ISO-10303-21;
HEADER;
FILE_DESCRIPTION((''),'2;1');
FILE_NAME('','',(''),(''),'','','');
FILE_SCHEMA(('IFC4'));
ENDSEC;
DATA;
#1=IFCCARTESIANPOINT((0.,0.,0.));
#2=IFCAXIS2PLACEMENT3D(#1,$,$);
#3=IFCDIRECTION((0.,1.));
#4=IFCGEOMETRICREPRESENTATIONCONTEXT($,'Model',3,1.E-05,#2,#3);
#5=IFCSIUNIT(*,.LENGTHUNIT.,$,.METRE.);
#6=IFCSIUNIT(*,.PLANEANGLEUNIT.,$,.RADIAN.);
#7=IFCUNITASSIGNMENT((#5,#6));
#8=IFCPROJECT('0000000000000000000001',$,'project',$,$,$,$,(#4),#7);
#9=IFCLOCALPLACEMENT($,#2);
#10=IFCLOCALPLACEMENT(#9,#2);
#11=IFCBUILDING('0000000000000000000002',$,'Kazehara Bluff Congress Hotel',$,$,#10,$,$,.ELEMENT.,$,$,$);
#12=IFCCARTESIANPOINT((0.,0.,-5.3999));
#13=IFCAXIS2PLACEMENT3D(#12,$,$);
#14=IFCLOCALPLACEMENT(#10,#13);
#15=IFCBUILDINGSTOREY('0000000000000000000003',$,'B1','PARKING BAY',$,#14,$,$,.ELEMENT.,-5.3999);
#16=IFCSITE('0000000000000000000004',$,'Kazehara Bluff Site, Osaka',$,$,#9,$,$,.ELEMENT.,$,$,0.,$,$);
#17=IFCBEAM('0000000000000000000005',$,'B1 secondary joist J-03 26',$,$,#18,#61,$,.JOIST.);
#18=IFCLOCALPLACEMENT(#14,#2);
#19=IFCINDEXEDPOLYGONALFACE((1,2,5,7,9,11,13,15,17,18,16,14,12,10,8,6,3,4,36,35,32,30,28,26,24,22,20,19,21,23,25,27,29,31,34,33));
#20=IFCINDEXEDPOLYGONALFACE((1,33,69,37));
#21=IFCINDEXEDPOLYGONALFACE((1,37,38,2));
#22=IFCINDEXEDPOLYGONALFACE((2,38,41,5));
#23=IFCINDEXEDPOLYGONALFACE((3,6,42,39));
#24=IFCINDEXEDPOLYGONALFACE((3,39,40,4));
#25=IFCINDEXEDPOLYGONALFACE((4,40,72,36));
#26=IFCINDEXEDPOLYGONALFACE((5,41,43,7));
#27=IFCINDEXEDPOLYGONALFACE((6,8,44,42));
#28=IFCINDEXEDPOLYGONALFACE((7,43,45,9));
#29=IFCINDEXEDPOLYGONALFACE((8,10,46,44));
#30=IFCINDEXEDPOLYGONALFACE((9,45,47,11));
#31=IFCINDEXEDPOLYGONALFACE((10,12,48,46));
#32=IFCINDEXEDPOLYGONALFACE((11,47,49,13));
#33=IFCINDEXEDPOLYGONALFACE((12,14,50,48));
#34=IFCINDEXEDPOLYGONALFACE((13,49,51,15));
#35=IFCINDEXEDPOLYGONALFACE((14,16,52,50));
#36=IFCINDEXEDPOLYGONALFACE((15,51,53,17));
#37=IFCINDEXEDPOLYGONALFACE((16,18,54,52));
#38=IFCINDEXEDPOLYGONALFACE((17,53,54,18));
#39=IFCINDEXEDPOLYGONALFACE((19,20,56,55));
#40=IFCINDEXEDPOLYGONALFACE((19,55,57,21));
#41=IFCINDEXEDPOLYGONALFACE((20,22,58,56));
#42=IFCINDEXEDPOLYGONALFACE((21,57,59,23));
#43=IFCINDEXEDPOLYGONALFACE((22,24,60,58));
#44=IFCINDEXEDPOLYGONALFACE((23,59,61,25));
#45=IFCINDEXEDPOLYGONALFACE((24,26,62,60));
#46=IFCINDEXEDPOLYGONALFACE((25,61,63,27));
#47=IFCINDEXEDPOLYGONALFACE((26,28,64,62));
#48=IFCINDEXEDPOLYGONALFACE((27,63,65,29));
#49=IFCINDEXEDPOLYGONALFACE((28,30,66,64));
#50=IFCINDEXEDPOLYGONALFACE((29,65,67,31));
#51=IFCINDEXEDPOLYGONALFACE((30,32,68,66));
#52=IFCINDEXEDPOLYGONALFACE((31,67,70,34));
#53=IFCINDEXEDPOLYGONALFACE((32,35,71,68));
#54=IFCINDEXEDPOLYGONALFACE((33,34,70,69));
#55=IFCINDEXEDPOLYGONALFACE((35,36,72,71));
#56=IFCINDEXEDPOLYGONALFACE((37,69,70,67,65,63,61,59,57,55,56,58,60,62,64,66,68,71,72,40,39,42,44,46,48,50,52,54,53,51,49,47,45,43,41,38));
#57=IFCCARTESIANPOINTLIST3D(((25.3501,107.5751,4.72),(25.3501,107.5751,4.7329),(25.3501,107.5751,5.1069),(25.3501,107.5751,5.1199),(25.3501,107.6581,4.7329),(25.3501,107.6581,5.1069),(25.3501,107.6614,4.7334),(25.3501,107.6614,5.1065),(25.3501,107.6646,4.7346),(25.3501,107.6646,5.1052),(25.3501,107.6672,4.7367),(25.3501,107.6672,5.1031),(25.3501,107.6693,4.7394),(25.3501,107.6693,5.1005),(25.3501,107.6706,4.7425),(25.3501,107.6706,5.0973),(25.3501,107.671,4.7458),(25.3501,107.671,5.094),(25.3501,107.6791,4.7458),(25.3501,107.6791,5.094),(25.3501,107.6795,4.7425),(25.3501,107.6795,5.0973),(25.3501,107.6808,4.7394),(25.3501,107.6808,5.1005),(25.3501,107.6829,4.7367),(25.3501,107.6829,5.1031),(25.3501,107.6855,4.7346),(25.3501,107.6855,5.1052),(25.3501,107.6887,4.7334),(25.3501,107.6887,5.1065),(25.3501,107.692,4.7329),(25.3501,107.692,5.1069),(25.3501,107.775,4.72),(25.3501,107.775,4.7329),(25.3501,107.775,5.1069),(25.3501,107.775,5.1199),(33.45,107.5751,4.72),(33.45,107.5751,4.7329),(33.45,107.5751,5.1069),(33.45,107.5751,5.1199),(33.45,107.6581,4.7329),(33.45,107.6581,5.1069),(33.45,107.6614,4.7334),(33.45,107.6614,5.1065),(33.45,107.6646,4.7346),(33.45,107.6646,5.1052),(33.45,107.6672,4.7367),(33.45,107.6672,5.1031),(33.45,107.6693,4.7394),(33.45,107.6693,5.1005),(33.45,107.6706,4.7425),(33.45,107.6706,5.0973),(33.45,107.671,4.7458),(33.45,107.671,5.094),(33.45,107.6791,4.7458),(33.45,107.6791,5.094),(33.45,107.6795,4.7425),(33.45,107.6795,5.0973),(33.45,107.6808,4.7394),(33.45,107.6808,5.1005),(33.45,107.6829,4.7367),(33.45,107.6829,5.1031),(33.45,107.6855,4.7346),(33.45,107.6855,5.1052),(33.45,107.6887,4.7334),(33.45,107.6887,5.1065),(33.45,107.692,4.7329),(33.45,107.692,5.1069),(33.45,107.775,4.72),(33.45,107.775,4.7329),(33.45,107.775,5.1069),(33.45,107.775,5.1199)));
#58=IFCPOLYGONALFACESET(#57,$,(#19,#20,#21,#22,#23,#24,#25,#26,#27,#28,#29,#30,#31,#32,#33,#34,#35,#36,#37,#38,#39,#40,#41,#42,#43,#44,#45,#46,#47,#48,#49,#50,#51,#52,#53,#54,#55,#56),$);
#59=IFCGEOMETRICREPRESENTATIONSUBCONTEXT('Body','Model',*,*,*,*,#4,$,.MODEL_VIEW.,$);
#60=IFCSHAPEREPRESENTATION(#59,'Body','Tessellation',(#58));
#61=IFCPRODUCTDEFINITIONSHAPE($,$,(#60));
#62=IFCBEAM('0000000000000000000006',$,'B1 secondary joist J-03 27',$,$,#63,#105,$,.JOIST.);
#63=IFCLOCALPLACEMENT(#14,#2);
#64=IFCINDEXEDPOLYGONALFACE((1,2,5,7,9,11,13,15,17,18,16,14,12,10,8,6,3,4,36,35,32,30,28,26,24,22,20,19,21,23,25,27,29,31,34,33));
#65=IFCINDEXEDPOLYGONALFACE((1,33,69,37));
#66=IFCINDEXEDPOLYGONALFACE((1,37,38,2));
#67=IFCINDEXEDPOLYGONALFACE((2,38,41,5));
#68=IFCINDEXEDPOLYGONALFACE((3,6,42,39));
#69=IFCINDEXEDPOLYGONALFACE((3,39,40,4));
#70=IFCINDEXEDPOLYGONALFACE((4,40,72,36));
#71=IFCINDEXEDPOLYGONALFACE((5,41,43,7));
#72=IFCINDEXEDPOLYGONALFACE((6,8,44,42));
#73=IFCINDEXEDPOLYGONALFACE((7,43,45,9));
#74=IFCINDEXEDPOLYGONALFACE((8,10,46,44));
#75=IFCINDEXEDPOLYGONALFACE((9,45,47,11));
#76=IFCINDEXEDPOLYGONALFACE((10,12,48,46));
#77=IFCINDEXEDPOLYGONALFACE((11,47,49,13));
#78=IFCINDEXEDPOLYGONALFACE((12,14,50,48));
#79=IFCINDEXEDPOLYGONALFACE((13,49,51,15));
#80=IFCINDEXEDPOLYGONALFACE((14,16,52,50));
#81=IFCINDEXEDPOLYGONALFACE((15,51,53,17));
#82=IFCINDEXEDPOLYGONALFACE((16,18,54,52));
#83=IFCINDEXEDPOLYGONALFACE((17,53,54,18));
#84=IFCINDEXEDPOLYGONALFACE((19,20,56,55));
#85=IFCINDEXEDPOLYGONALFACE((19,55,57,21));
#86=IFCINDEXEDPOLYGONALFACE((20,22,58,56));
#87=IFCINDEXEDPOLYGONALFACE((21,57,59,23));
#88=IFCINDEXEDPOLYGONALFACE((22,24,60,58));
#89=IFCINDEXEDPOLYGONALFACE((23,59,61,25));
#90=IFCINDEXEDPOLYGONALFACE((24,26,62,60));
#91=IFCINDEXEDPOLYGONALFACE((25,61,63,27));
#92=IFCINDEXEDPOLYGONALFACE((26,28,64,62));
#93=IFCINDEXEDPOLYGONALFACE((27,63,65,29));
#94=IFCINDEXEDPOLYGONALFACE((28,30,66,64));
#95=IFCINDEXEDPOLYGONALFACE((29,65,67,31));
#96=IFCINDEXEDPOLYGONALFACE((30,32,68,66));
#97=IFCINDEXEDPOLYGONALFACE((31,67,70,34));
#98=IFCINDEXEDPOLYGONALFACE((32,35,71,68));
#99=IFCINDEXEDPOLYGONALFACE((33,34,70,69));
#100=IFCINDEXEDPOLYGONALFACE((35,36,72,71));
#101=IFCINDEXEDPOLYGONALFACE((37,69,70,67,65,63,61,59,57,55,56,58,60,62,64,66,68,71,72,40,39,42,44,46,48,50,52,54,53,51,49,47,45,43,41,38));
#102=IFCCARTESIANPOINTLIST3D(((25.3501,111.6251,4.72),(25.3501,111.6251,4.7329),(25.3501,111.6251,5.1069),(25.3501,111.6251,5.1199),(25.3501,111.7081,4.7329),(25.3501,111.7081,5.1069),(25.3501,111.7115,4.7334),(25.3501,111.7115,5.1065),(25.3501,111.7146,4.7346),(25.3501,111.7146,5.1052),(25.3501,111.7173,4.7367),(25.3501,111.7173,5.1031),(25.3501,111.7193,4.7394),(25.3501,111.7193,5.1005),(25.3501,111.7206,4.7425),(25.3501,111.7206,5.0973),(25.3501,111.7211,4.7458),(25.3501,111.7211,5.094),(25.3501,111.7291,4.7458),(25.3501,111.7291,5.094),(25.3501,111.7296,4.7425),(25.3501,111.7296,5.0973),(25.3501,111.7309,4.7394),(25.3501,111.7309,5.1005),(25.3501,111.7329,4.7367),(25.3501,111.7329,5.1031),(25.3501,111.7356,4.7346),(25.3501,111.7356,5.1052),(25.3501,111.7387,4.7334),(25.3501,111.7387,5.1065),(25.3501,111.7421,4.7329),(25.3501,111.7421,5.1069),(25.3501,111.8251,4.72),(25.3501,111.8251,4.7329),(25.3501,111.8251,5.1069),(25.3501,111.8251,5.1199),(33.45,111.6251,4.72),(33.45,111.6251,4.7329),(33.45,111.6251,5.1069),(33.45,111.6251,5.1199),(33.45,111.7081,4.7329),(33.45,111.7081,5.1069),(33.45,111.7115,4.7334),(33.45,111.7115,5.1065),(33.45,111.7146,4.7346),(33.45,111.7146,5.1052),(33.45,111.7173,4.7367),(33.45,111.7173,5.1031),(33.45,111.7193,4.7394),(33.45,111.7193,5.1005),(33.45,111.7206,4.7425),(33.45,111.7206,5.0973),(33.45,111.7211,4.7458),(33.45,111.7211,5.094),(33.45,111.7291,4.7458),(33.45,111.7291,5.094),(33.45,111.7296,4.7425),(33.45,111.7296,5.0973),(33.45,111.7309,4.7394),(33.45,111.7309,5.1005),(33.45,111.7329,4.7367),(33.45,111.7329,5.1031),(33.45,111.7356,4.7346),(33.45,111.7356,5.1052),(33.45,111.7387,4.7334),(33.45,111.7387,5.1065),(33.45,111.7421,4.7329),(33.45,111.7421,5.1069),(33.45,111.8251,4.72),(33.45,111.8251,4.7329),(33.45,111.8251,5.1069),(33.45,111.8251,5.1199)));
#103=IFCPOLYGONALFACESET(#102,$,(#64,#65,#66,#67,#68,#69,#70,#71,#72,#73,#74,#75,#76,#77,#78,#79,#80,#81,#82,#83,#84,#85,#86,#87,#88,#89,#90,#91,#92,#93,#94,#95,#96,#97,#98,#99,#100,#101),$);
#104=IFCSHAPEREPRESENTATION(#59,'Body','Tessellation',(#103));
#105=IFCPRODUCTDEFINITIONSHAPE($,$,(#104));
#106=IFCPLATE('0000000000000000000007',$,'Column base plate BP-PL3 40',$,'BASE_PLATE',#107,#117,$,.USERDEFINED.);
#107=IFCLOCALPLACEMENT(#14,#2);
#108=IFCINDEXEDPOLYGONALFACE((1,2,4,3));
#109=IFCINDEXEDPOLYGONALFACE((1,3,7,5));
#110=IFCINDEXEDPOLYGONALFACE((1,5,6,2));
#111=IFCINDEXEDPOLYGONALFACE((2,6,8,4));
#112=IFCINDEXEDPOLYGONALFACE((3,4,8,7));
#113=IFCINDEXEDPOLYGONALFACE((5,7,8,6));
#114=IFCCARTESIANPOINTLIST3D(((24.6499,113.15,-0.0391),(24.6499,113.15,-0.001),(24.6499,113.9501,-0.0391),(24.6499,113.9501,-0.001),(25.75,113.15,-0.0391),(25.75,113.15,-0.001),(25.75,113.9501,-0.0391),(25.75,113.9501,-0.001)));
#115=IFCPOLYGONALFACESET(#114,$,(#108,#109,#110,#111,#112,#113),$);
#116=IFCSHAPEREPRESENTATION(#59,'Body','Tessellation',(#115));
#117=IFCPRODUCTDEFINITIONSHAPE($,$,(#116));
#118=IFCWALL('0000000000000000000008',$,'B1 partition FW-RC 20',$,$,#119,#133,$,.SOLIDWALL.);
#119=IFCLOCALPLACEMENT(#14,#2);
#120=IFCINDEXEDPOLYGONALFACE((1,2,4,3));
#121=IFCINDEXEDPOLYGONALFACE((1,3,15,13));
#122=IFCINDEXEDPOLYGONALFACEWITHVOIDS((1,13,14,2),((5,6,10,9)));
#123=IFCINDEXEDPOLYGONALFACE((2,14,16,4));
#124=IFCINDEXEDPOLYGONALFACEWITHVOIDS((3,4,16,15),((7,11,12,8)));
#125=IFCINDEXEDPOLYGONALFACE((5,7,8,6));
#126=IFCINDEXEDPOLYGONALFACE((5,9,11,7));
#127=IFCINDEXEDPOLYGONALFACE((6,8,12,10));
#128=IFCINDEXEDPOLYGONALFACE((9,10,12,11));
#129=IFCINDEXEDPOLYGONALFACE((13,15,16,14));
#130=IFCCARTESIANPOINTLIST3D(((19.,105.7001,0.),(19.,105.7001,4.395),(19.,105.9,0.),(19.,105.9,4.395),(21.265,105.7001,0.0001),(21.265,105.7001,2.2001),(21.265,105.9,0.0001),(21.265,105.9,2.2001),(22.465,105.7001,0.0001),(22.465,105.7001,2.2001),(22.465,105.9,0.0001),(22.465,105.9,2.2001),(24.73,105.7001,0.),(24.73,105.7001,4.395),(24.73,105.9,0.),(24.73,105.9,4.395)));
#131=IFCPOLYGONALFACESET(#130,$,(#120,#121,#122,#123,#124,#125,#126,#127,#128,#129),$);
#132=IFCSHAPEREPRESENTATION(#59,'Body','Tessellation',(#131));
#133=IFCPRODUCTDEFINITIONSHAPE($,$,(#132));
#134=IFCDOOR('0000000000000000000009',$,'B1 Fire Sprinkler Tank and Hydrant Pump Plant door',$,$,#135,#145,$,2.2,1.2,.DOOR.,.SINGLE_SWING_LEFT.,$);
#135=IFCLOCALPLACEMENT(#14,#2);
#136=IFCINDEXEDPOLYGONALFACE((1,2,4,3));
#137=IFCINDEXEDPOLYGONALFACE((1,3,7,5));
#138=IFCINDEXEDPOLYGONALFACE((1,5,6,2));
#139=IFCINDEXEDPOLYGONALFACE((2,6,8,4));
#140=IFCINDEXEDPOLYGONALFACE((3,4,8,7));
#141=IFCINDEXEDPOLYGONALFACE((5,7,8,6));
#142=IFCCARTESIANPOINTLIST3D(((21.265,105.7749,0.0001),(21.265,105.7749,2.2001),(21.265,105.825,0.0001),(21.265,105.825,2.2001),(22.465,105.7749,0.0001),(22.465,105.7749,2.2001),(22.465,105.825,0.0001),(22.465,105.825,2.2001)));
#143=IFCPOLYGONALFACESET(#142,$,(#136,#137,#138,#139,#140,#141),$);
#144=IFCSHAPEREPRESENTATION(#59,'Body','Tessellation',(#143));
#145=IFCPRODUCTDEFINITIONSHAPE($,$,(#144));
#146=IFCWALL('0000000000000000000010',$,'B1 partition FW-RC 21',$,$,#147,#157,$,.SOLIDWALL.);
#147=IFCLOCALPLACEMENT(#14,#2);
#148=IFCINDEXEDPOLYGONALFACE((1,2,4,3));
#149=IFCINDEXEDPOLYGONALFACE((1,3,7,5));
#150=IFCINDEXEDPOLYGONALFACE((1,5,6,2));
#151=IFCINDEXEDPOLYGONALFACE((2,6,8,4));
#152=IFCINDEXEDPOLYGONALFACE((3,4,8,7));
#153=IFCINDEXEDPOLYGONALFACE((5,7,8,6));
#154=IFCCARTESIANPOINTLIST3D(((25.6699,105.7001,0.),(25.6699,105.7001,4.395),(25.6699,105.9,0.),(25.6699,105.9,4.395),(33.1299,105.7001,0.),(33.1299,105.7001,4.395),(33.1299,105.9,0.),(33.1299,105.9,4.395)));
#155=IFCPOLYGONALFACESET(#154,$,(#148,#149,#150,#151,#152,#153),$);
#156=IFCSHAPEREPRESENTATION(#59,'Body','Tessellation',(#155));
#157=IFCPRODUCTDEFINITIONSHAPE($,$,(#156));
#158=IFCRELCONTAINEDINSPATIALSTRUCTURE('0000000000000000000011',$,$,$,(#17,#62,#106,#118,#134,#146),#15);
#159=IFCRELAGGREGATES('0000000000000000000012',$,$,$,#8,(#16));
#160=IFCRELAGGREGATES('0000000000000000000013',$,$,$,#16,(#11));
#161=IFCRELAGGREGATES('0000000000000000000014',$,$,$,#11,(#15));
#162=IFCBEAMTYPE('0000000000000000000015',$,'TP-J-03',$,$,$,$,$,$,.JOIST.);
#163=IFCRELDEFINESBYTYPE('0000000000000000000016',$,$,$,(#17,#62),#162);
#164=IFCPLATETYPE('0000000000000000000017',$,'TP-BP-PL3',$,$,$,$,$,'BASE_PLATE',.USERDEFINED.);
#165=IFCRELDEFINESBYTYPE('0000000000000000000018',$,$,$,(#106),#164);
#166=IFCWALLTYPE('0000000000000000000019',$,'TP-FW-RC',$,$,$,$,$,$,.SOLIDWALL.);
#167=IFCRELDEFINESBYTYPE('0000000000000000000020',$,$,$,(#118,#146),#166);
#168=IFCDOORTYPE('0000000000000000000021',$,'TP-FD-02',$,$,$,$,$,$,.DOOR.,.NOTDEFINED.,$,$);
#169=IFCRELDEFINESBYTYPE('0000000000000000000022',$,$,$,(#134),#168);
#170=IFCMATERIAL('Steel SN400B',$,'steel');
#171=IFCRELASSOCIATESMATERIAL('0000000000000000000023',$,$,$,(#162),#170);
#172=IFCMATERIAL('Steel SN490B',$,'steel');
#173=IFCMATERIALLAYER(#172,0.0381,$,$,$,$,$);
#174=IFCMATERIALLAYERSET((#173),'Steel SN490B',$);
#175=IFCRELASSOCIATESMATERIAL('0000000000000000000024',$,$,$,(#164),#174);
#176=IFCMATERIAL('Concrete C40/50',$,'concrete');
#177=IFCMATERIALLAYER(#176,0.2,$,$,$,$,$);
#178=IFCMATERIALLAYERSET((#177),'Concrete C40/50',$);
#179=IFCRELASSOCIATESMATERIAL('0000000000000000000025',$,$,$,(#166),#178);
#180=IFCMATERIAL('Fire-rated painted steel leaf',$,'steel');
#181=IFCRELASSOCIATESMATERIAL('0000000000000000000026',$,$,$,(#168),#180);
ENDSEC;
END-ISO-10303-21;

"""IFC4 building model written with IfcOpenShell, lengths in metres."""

from ifc_helpers import new_model, si_unit, direction, frame, frame_2d, origin, origin_2d, place, context, subcontext, project, spatial, rectangle, i_section, extrude, material, layer, layer_set, material_profile, profile_set, type_object, element, fill, save


model = new_model("IFC4")

# Units and contexts
model_context = context("Model", 3, precision=1e-05, world=origin(), true_north=direction((0.0, 1.0)))
body_context = subcontext(model_context, "Body", "Model", "MODEL_VIEW")
ifc_project = project(units=[si_unit("LENGTHUNIT", "METRE"), si_unit("PLANEANGLEUNIT", "RADIAN")], contexts=[model_context])

# Site, building, storey
site_placement = place(None, origin())
site = spatial("IfcSite", under=ifc_project, at=site_placement, Name="Kazehara Bluff Site, Osaka", CompositionType="ELEMENT", RefElevation=0.0)
building_placement = place(site_placement, origin())
building = spatial("IfcBuilding", under=site, at=building_placement, Name="Kazehara Bluff Congress Hotel", CompositionType="ELEMENT")
storey_placement = place(building_placement, frame((0.0, 0.0, -5.3999)))
storey = spatial("IfcBuildingStorey", under=building, at=storey_placement, Name="B1", Description="PARKING BAY", CompositionType="ELEMENT", Elevation=-5.3999)

# Beams
ifc_material_1 = material(Name="Steel SN400B", Category="steel")
ifc_material_profile_1 = material_profile(ifc_material_1, i_section(OverallWidth=0.2, OverallDepth=0.3999, WebThickness=0.0081, FlangeThickness=0.0129, FilletRadius=0.0129, at=origin_2d()))
ifc_profile_set_1 = profile_set([ifc_material_profile_1], Name="Steel SN400B")
beam_type_1 = type_object("IfcBeamType", Name="TP-J-03", PredefinedType="JOIST", material=ifc_profile_set_1)
for number, where, z_axis, x_axis, name in (
    (1, (25.3501, 107.675, 4.9199), (1.0, 0.0, 0.0), (0.0, 1.0, 0.0), "B1 secondary joist J-03 26"),
    (2, (25.3501, 111.7251, 4.9199), (1.0, 0.0, 0.0), (0.0, 1.0, 0.0), "B1 secondary joist J-03 27"),
):
    element("IfcBeam", number, at=place(storey_placement, frame(where, z_axis=z_axis, x_axis=x_axis)), inside=storey, type_object=beam_type_1, Name=name, PredefinedType="JOIST", context=body_context, shape_type="SweptSolid", body=[
        extrude(i_section(OverallWidth=0.2, OverallDepth=0.3999, WebThickness=0.0081, FlangeThickness=0.0129, FilletRadius=0.0129, at=origin_2d()), origin(), (0.0, 0.0, 1.0), 8.0999),
    ])

# Plate
ifc_material_2 = material(Name="Steel SN490B", Category="steel")
ifc_layer_1 = layer(ifc_material_2, 0.0381)
ifc_layer_set_1 = layer_set([ifc_layer_1], Name="Steel SN490B")
plate_type = type_object("IfcPlateType", Name="TP-BP-PL3", ElementType="BASE_PLATE", PredefinedType="USERDEFINED", material=ifc_layer_set_1)
plate_placement = place(storey_placement, frame((25.2, 113.55, -0.0391), z_axis=(0.0, 0.0, 1.0), x_axis=(1.0, 0.0, 0.0)))
element("IfcPlate", 3, at=plate_placement, inside=storey, type_object=plate_type, Name="Column base plate BP-PL3 40", ObjectType="BASE_PLATE", PredefinedType="USERDEFINED", context=body_context, shape_type="SweptSolid", body=[
    extrude(rectangle(XDim=1.1001, YDim=0.8, at=origin_2d()), origin(), (0.0, 0.0, 1.0), 0.0381),
])

# Wall, opening, door
ifc_material_3 = material(Name="Concrete C40/50", Category="concrete")
ifc_layer_2 = layer(ifc_material_3, 0.2)
ifc_layer_set_2 = layer_set([ifc_layer_2], Name="Concrete C40/50")
wall_type = type_object("IfcWallType", Name="TP-FW-RC", PredefinedType="SOLIDWALL", material=ifc_layer_set_2)
wall_1_placement = place(storey_placement, frame((19.0, 105.8, 0.0), z_axis=(0.0, 0.0, 1.0), x_axis=(1.0, 0.0, 0.0)))
wall_1 = element("IfcWall", 4, at=wall_1_placement, inside=storey, type_object=wall_type, Name="B1 partition FW-RC 20", PredefinedType="SOLIDWALL", context=body_context, shape_type="SweptSolid", body=[
    extrude(rectangle(XDim=5.73, YDim=0.2, at=frame_2d((2.865, 0.0))), origin(), (0.0, 0.0, 1.0), 4.395),
])
opening_placement = place(wall_1_placement, frame((2.2649, 0.0, 0.0)))
opening = element("IfcOpeningElement", 5, at=opening_placement, cuts=wall_1, PredefinedType="OPENING", context=body_context, shape_type="SweptSolid", body=[
    extrude(rectangle(XDim=1.2, YDim=2.2, at=frame_2d((0.6001, 1.1001))), frame((0.0, 0.1099, 0.0), z_axis=(0.0, -1.0, 0.0), x_axis=(1.0, 0.0, 0.0)), (0.0, 0.0, 1.0), 0.22),
])
ifc_material_4 = material(Name="Fire-rated painted steel leaf", Category="steel")
door_type = type_object("IfcDoorType", Name="TP-FD-02", OperationType="NOTDEFINED", PredefinedType="DOOR", material=ifc_material_4)
door_placement = place(opening_placement, origin())
door = element("IfcDoor", 6, at=door_placement, inside=storey, type_object=door_type, Name="B1 Fire Sprinkler Tank and Hydrant Pump Plant door", OperationType="SINGLE_SWING_LEFT", OverallHeight=2.2, OverallWidth=1.2, PredefinedType="DOOR", context=body_context, shape_type="SweptSolid", body=[
    extrude(rectangle(XDim=1.2, YDim=2.2, at=frame_2d((0.6001, 1.1001))), frame((0.0, 0.0249, 0.0), z_axis=(0.0, -1.0, 0.0), x_axis=(1.0, 0.0, 0.0)), (0.0, 0.0, 1.0), 0.05),
])
fill(opening, door)

# Wall
wall_2_placement = place(storey_placement, frame((25.6699, 105.8, 0.0), z_axis=(0.0, 0.0, 1.0), x_axis=(1.0, 0.0, 0.0)))
element("IfcWall", 7, at=wall_2_placement, inside=storey, type_object=wall_type, Name="B1 partition FW-RC 21", PredefinedType="SOLIDWALL", context=body_context, shape_type="SweptSolid", body=[
    extrude(rectangle(XDim=7.46, YDim=0.2, at=frame_2d((3.73, 0.0))), origin(), (0.0, 0.0, 1.0), 4.395),
])

save(model, "model.ifc")
